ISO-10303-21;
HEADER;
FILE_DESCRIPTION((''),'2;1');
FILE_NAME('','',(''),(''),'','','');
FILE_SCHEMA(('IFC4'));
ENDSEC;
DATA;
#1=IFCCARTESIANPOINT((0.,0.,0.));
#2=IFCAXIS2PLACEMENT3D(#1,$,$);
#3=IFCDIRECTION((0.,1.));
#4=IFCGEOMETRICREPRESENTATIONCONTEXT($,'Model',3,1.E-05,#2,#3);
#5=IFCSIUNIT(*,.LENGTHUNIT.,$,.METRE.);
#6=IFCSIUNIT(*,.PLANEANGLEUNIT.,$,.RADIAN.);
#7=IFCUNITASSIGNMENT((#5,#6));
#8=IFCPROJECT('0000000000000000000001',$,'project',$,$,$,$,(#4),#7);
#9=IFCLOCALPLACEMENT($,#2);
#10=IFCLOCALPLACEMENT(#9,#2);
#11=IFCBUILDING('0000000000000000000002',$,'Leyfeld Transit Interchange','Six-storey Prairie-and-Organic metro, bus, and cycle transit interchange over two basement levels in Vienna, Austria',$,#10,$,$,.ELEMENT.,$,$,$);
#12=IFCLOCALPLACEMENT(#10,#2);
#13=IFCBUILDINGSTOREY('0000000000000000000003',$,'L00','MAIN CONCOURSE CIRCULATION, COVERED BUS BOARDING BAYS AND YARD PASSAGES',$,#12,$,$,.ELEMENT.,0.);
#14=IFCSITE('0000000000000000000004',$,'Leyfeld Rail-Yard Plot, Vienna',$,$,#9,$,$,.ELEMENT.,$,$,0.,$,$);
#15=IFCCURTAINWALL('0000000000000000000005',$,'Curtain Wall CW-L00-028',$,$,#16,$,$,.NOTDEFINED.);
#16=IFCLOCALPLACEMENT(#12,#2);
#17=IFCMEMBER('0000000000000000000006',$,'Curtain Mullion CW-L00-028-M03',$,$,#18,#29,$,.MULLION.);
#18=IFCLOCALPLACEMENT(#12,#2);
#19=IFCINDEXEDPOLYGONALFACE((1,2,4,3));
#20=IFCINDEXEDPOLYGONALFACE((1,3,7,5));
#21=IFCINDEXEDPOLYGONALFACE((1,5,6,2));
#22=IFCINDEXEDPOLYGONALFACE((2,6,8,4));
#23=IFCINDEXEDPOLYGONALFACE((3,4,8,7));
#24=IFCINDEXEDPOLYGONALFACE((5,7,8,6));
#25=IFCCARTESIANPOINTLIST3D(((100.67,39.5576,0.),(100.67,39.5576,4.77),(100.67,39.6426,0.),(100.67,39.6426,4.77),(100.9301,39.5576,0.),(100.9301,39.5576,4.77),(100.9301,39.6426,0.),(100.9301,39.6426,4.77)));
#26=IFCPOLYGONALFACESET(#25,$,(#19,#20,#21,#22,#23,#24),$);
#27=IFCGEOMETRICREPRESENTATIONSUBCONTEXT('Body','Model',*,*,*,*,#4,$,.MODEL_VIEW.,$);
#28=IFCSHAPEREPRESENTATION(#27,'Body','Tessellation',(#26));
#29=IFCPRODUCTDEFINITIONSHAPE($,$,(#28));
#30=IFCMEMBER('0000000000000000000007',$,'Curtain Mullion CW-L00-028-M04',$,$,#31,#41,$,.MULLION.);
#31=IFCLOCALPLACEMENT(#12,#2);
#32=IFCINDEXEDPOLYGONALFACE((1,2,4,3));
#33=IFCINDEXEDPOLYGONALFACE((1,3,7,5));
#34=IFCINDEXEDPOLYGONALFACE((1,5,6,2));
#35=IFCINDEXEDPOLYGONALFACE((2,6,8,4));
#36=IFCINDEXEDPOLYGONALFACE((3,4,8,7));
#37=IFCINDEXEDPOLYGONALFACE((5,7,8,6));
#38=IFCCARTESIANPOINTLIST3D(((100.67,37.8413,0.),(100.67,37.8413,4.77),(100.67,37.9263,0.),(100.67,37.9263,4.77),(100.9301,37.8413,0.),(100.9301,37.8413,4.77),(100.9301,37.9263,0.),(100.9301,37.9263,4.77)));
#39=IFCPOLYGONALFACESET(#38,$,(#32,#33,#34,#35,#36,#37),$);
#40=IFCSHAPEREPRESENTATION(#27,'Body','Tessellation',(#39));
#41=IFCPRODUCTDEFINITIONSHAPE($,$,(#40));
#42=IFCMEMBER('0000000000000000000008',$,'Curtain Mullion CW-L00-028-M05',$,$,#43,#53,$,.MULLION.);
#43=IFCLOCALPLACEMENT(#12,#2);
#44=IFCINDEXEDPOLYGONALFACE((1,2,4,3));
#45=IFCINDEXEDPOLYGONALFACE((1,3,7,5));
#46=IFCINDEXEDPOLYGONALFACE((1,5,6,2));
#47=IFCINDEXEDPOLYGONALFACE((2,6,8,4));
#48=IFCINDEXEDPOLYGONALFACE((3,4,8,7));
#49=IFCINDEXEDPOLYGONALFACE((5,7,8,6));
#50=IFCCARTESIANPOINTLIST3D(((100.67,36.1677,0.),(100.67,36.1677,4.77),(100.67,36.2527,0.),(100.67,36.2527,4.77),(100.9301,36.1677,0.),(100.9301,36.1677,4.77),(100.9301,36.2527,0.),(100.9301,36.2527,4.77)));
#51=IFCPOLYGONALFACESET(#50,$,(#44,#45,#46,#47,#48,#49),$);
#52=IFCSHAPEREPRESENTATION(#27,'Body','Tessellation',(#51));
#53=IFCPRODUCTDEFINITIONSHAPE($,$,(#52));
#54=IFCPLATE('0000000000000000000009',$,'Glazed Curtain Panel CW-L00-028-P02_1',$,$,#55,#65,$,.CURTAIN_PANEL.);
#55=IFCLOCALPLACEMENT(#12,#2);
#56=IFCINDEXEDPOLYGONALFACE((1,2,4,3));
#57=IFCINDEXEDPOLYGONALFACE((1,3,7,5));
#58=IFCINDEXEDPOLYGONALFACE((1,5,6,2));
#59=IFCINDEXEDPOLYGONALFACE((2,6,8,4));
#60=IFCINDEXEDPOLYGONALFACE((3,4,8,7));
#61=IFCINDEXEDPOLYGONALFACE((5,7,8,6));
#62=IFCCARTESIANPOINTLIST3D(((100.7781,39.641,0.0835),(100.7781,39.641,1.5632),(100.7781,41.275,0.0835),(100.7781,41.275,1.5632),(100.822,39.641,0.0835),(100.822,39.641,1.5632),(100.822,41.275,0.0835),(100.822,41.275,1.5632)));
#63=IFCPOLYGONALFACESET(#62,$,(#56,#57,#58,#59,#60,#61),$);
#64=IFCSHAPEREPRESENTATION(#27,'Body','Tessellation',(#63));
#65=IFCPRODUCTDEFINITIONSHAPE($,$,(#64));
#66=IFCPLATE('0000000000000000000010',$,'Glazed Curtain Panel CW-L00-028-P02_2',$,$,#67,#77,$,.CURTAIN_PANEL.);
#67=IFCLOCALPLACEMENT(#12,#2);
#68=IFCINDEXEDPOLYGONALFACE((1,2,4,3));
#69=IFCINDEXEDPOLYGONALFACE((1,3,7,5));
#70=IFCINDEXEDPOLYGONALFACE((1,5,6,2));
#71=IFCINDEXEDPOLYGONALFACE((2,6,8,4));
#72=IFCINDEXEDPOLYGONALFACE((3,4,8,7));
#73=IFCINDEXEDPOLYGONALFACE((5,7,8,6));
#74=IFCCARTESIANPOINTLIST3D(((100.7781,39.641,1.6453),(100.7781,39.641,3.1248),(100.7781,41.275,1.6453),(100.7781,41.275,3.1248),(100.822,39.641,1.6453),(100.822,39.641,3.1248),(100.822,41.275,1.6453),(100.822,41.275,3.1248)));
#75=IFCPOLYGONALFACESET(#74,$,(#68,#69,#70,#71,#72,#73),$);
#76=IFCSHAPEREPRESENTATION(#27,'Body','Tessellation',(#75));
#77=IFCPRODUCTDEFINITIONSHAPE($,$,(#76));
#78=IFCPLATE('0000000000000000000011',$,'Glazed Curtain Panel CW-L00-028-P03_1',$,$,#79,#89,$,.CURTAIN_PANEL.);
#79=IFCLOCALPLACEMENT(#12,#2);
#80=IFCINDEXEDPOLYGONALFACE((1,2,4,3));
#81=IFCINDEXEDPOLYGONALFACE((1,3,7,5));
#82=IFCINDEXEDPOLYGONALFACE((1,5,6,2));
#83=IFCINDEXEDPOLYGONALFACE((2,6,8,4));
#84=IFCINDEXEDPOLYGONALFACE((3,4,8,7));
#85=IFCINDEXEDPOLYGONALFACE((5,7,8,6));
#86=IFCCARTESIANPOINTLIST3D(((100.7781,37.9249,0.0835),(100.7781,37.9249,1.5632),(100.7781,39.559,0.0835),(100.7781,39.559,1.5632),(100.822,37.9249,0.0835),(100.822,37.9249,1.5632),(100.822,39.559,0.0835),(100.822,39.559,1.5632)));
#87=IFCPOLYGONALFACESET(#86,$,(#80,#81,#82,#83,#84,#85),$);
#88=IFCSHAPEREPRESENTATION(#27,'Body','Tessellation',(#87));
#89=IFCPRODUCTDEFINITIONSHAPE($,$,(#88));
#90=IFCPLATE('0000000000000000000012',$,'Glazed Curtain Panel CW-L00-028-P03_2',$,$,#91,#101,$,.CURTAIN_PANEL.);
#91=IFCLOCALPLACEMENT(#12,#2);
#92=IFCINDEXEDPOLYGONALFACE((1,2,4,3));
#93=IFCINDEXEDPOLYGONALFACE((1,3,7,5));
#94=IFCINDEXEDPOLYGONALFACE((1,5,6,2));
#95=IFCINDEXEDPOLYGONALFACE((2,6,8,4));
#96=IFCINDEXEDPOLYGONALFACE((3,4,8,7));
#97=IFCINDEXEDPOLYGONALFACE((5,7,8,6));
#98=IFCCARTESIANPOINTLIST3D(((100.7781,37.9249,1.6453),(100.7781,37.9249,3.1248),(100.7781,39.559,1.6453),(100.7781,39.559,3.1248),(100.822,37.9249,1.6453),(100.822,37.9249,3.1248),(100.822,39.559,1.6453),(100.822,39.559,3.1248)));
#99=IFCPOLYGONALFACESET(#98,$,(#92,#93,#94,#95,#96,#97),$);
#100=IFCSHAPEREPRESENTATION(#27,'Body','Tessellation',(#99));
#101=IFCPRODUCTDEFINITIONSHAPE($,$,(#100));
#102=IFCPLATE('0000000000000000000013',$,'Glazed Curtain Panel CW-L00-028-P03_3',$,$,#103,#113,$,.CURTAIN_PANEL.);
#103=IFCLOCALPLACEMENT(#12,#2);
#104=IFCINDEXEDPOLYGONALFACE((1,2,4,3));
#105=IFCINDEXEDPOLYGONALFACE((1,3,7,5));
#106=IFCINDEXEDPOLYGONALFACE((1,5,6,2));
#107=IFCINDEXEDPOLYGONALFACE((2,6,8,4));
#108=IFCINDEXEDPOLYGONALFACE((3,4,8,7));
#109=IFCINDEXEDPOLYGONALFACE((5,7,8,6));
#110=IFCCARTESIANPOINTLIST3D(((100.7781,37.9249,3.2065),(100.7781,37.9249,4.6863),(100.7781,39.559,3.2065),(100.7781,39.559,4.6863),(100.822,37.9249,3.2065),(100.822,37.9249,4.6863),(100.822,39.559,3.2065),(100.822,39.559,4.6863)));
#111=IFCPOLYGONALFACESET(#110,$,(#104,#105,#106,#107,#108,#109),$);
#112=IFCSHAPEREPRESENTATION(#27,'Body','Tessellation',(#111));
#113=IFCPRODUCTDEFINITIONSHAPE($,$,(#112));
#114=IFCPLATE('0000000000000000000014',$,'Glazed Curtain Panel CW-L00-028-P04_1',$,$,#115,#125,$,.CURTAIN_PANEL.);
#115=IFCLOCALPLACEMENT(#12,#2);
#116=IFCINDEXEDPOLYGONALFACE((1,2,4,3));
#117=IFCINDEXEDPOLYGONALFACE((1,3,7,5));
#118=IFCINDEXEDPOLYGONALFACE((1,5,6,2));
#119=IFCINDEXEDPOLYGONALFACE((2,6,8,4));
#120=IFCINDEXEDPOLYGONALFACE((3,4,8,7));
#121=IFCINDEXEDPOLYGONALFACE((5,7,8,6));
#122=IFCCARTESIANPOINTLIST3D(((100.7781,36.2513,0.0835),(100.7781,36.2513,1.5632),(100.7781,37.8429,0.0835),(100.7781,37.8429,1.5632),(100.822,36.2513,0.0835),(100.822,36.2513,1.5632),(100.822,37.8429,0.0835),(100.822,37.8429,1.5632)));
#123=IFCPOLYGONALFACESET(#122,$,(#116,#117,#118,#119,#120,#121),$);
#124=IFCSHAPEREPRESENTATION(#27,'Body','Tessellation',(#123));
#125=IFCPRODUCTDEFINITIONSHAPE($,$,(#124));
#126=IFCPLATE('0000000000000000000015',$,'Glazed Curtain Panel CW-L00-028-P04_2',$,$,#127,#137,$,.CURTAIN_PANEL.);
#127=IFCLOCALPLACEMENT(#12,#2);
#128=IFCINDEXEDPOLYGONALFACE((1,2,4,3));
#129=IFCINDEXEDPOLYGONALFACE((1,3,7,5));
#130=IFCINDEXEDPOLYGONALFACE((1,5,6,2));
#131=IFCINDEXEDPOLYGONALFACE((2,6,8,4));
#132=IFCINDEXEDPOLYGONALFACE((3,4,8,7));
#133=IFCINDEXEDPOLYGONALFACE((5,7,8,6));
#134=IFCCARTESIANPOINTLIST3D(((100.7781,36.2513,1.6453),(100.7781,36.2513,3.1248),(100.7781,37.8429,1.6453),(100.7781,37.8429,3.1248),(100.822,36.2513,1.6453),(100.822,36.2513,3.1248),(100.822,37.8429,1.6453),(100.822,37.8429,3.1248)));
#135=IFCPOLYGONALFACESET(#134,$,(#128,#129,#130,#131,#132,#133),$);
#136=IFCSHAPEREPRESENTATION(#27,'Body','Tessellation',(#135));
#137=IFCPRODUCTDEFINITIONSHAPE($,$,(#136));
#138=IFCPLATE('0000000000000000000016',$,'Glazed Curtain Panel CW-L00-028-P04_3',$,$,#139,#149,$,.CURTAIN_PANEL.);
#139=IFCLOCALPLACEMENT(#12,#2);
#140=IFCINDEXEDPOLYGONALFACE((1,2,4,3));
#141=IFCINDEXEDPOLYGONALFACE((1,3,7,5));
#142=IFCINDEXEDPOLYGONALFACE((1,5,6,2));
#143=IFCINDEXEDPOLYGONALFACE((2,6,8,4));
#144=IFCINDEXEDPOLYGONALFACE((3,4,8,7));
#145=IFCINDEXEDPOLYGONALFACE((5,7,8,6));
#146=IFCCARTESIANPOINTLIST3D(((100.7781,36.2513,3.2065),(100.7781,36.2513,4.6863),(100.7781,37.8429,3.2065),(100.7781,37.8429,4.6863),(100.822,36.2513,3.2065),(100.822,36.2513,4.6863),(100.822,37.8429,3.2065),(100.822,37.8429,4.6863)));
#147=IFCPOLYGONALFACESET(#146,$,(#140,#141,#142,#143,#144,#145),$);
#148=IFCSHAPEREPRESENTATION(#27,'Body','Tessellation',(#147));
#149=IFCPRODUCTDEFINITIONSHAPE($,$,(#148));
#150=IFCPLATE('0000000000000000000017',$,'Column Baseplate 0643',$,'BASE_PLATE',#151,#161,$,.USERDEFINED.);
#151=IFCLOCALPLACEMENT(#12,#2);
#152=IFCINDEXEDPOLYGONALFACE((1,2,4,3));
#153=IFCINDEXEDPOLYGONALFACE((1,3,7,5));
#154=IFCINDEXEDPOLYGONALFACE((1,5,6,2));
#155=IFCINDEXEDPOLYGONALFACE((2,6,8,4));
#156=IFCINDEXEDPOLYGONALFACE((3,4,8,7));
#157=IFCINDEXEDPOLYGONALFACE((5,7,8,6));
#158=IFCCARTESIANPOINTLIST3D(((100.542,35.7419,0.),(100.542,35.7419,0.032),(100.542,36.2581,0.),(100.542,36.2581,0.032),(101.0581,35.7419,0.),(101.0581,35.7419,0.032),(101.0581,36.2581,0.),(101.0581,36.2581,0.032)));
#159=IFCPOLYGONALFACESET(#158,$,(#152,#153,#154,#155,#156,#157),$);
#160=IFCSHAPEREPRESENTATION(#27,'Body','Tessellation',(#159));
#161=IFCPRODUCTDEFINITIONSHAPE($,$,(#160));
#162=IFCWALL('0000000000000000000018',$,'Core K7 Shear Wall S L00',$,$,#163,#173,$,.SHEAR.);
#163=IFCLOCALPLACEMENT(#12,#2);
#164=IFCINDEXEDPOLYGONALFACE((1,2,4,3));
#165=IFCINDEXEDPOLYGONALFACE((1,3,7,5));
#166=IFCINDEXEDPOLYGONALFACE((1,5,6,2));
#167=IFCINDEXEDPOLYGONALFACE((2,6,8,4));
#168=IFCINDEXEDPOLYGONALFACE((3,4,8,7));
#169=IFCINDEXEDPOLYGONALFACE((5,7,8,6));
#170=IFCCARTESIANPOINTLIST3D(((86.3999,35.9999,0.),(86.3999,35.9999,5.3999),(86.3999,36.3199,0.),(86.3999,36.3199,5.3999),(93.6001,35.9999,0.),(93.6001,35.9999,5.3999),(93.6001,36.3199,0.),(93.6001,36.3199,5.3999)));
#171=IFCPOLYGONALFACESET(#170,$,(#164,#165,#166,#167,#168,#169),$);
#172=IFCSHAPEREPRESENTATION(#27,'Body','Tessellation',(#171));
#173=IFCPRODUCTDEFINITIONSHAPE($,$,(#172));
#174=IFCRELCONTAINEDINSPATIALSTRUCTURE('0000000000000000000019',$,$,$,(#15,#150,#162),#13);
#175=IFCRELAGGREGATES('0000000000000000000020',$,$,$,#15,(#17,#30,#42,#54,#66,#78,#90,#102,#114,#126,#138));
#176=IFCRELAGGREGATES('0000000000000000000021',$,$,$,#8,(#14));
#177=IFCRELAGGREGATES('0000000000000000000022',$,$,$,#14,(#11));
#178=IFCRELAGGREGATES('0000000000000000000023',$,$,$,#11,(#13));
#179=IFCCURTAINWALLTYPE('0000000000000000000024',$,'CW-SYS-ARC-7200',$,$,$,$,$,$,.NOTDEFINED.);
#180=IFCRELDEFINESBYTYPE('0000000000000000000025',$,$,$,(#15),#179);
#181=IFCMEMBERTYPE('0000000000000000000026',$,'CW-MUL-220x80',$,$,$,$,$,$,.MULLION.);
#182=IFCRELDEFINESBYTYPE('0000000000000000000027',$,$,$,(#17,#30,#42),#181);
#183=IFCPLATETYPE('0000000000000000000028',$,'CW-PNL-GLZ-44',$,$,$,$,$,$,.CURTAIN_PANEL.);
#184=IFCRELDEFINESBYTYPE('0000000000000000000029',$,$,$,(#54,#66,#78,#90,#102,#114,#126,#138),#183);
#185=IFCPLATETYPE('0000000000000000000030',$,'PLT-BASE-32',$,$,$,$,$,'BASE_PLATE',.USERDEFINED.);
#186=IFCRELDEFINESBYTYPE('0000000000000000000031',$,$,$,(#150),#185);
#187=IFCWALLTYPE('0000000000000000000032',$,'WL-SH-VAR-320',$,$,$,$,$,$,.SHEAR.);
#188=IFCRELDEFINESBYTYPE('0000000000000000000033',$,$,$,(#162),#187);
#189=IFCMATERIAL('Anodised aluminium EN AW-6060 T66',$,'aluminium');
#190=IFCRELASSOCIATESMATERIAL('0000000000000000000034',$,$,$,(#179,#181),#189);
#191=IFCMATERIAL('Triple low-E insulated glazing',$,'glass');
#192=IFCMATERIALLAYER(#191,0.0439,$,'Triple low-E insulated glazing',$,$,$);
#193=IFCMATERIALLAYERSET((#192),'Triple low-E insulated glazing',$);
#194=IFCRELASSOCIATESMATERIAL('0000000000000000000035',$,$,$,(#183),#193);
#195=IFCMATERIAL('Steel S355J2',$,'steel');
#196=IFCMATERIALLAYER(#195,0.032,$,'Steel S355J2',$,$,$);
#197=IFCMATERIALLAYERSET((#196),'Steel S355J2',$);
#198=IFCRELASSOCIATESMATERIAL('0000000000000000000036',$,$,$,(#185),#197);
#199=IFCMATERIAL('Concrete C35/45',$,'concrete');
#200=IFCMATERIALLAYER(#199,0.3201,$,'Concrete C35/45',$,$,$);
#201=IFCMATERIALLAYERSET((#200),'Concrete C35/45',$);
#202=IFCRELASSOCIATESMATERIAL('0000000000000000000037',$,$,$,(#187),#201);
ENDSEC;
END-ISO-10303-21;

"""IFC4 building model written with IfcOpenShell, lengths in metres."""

from ifc_helpers import new_model, si_unit, direction, frame, frame_2d, origin, origin_2d, place, context, subcontext, project, spatial, rectangle, extrude, material, layer, layer_set, material_profile, profile_set, type_object, element, aggregate, save


model = new_model("IFC4")

# Units and contexts
model_context = context("Model", 3, precision=1e-05, world=origin(), true_north=direction((0.0, 1.0)))
body_context = subcontext(model_context, "Body", "Model", "MODEL_VIEW")
ifc_project = project(units=[si_unit("LENGTHUNIT", "METRE"), si_unit("PLANEANGLEUNIT", "RADIAN")], contexts=[model_context])

# Site, building, storey
site_placement = place(None, origin())
site = spatial("IfcSite", under=ifc_project, at=site_placement, Name="Leyfeld Rail-Yard Plot, Vienna", CompositionType="ELEMENT", RefElevation=0.0)
building_placement = place(site_placement, origin())
building = spatial("IfcBuilding", under=site, at=building_placement, Name="Leyfeld Transit Interchange", Description="Six-storey Prairie-and-Organic metro, bus, and cycle transit interchange over two basement levels in Vienna, Austria", CompositionType="ELEMENT")
storey_placement = place(building_placement, origin())
storey = spatial("IfcBuildingStorey", under=building, at=storey_placement, Name="L00", Description="MAIN CONCOURSE CIRCULATION, COVERED BUS BOARDING BAYS AND YARD PASSAGES", CompositionType="ELEMENT", Elevation=0.0)

# Shared definitions
ifc_material_1 = material(Name="Steel S355J2", Category="steel")

# Curtain wall, members, plates
ifc_material_2 = material(Name="Anodised aluminium EN AW-6060 T66", Category="aluminium")
curtain_wall_type = type_object("IfcCurtainWallType", Name="CW-SYS-ARC-7200", PredefinedType="NOTDEFINED", material=ifc_material_2)
curtain_wall_placement = place(storey_placement, origin())
curtain_wall = element("IfcCurtainWall", 1, at=curtain_wall_placement, inside=storey, type_object=curtain_wall_type, Name="Curtain Wall CW-L00-028", PredefinedType="NOTDEFINED")
ifc_material_profile_1 = material_profile(ifc_material_2, rectangle(XDim=0.085, YDim=0.26, at=origin_2d()), Name="CW-M 85x260")
ifc_profile_set_1 = profile_set([ifc_material_profile_1], Name="Anodised aluminium EN AW-6060 T66")
member_type = type_object("IfcMemberType", Name="CW-MUL-220x80", PredefinedType="MULLION", material=ifc_profile_set_1)
member_1_placement = place(storey_placement, frame((100.8, 39.6001, 0.0), z_axis=(0.0, 0.0, 1.0), x_axis=(0.0, -1.0, 0.0)))
member_1 = element("IfcMember", 2, at=member_1_placement, type_object=member_type, Name="Curtain Mullion CW-L00-028-M03", PredefinedType="MULLION", context=body_context, shape_type="SweptSolid", body=[
    extrude(rectangle(XDim=0.085, YDim=0.26, at=origin_2d()), origin(), (0.0, 0.0, 1.0), 4.77),
])
member_2_placement = place(storey_placement, frame((100.8, 37.8838, 0.0), z_axis=(0.0, 0.0, 1.0), x_axis=(0.0, -1.0, 0.0)))
member_2 = element("IfcMember", 3, at=member_2_placement, type_object=member_type, Name="Curtain Mullion CW-L00-028-M04", PredefinedType="MULLION", context=body_context, shape_type="SweptSolid", body=[
    extrude(rectangle(XDim=0.085, YDim=0.26, at=origin_2d()), origin(), (0.0, 0.0, 1.0), 4.77),
])
member_3_placement = place(storey_placement, frame((100.8, 36.2102, 0.0), z_axis=(0.0, 0.0, 1.0), x_axis=(0.0, -1.0, 0.0)))
member_3 = element("IfcMember", 4, at=member_3_placement, type_object=member_type, Name="Curtain Mullion CW-L00-028-M05", PredefinedType="MULLION", context=body_context, shape_type="SweptSolid", body=[
    extrude(rectangle(XDim=0.085, YDim=0.26, at=origin_2d()), origin(), (0.0, 0.0, 1.0), 4.77),
])
ifc_material_3 = material(Name="Triple low-E insulated glazing", Category="glass")
ifc_layer_1 = layer(ifc_material_3, 0.0439, Name="Triple low-E insulated glazing")
ifc_layer_set_1 = layer_set([ifc_layer_1], Name="Triple low-E insulated glazing")
plate_type_1 = type_object("IfcPlateType", Name="CW-PNL-GLZ-44", PredefinedType="CURTAIN_PANEL", material=ifc_layer_set_1)
plate_1_placement = place(storey_placement, frame((100.8, 40.458, 0.0835), z_axis=(0.0, 0.0, 1.0), x_axis=(0.0, -1.0, 0.0)))
plate_1 = element("IfcPlate", 5, at=plate_1_placement, type_object=plate_type_1, Name="Glazed Curtain Panel CW-L00-028-P02_1", PredefinedType="CURTAIN_PANEL", context=body_context, shape_type="SweptSolid", body=[
    extrude(rectangle(XDim=1.634, YDim=0.0439, at=origin_2d()), origin(), (0.0, 0.0, 1.0), 1.4797),
])
plate_2_placement = place(storey_placement, frame((100.8, 40.458, 1.6453), z_axis=(0.0, 0.0, 1.0), x_axis=(0.0, -1.0, 0.0)))
plate_2 = element("IfcPlate", 6, at=plate_2_placement, type_object=plate_type_1, Name="Glazed Curtain Panel CW-L00-028-P02_2", PredefinedType="CURTAIN_PANEL", context=body_context, shape_type="SweptSolid", body=[
    extrude(rectangle(XDim=1.634, YDim=0.0439, at=origin_2d()), origin(), (0.0, 0.0, 1.0), 1.4795),
])
plate_3_placement = place(storey_placement, frame((100.8, 38.7419, 0.0835), z_axis=(0.0, 0.0, 1.0), x_axis=(0.0, -1.0, 0.0)))
plate_3 = element("IfcPlate", 7, at=plate_3_placement, type_object=plate_type_1, Name="Glazed Curtain Panel CW-L00-028-P03_1", PredefinedType="CURTAIN_PANEL", context=body_context, shape_type="SweptSolid", body=[
    extrude(rectangle(XDim=1.634, YDim=0.0439, at=origin_2d()), origin(), (0.0, 0.0, 1.0), 1.4797),
])
plate_4_placement = place(storey_placement, frame((100.8, 38.7419, 1.6453), z_axis=(0.0, 0.0, 1.0), x_axis=(0.0, -1.0, 0.0)))
plate_4 = element("IfcPlate", 8, at=plate_4_placement, type_object=plate_type_1, Name="Glazed Curtain Panel CW-L00-028-P03_2", PredefinedType="CURTAIN_PANEL", context=body_context, shape_type="SweptSolid", body=[
    extrude(rectangle(XDim=1.634, YDim=0.0439, at=origin_2d()), origin(), (0.0, 0.0, 1.0), 1.4795),
])
plate_5_placement = place(storey_placement, frame((100.8, 38.7419, 3.2065), z_axis=(0.0, 0.0, 1.0), x_axis=(0.0, -1.0, 0.0)))
plate_5 = element("IfcPlate", 9, at=plate_5_placement, type_object=plate_type_1, Name="Glazed Curtain Panel CW-L00-028-P03_3", PredefinedType="CURTAIN_PANEL", context=body_context, shape_type="SweptSolid", body=[
    extrude(rectangle(XDim=1.634, YDim=0.0439, at=origin_2d()), origin(), (0.0, 0.0, 1.0), 1.4797),
])
plate_6_placement = place(storey_placement, frame((100.8, 37.0471, 0.0835), z_axis=(0.0, 0.0, 1.0), x_axis=(0.0, -1.0, 0.0)))
plate_6 = element("IfcPlate", 10, at=plate_6_placement, type_object=plate_type_1, Name="Glazed Curtain Panel CW-L00-028-P04_1", PredefinedType="CURTAIN_PANEL", context=body_context, shape_type="SweptSolid", body=[
    extrude(rectangle(XDim=1.5916, YDim=0.0439, at=origin_2d()), origin(), (0.0, 0.0, 1.0), 1.4797),
])
plate_7_placement = place(storey_placement, frame((100.8, 37.0471, 1.6453), z_axis=(0.0, 0.0, 1.0), x_axis=(0.0, -1.0, 0.0)))
plate_7 = element("IfcPlate", 11, at=plate_7_placement, type_object=plate_type_1, Name="Glazed Curtain Panel CW-L00-028-P04_2", PredefinedType="CURTAIN_PANEL", context=body_context, shape_type="SweptSolid", body=[
    extrude(rectangle(XDim=1.5916, YDim=0.0439, at=origin_2d()), origin(), (0.0, 0.0, 1.0), 1.4795),
])
plate_8_placement = place(storey_placement, frame((100.8, 37.0471, 3.2065), z_axis=(0.0, 0.0, 1.0), x_axis=(0.0, -1.0, 0.0)))
plate_8 = element("IfcPlate", 12, at=plate_8_placement, type_object=plate_type_1, Name="Glazed Curtain Panel CW-L00-028-P04_3", PredefinedType="CURTAIN_PANEL", context=body_context, shape_type="SweptSolid", body=[
    extrude(rectangle(XDim=1.5916, YDim=0.0439, at=origin_2d()), origin(), (0.0, 0.0, 1.0), 1.4797),
])
aggregate(curtain_wall, [member_1, member_2, member_3, plate_1, plate_2, plate_3, plate_4, plate_5, plate_6, plate_7, plate_8])

# Plate
ifc_layer_2 = layer(ifc_material_1, 0.032, Name="Steel S355J2")
ifc_layer_set_2 = layer_set([ifc_layer_2], Name="Steel S355J2")
plate_type_2 = type_object("IfcPlateType", Name="PLT-BASE-32", ElementType="BASE_PLATE", PredefinedType="USERDEFINED", material=ifc_layer_set_2)
plate_9_placement = place(storey_placement, frame((100.8, 36.0, 0.0), z_axis=(0.0, 0.0, 1.0), x_axis=(1.0, 0.0, 0.0)))
element("IfcPlate", 13, at=plate_9_placement, inside=storey, type_object=plate_type_2, Name="Column Baseplate 0643", ObjectType="BASE_PLATE", PredefinedType="USERDEFINED", context=body_context, shape_type="SweptSolid", body=[
    extrude(rectangle(XDim=0.5161, YDim=0.5161, at=origin_2d()), origin(), (0.0, 0.0, 1.0), 0.032),
])

# Wall
ifc_material_4 = material(Name="Concrete C35/45", Category="concrete")
ifc_layer_3 = layer(ifc_material_4, 0.3201, Name="Concrete C35/45")
ifc_layer_set_3 = layer_set([ifc_layer_3], Name="Concrete C35/45")
wall_type = type_object("IfcWallType", Name="WL-SH-VAR-320", PredefinedType="SHEAR", material=ifc_layer_set_3)
wall_placement = place(storey_placement, frame((93.6001, 36.1599, 0.0), z_axis=(0.0, 0.0, 1.0), x_axis=(-1.0, 0.0, 0.0)))
element("IfcWall", 14, at=wall_placement, inside=storey, type_object=wall_type, Name="Core K7 Shear Wall S L00", PredefinedType="SHEAR", context=body_context, shape_type="SweptSolid", body=[
    extrude(rectangle(XDim=7.2002, YDim=0.3201, at=frame_2d((3.6001, 0.0))), origin(), (0.0, 0.0, 1.0), 5.3999),
])

save(model, "model.ifc")
